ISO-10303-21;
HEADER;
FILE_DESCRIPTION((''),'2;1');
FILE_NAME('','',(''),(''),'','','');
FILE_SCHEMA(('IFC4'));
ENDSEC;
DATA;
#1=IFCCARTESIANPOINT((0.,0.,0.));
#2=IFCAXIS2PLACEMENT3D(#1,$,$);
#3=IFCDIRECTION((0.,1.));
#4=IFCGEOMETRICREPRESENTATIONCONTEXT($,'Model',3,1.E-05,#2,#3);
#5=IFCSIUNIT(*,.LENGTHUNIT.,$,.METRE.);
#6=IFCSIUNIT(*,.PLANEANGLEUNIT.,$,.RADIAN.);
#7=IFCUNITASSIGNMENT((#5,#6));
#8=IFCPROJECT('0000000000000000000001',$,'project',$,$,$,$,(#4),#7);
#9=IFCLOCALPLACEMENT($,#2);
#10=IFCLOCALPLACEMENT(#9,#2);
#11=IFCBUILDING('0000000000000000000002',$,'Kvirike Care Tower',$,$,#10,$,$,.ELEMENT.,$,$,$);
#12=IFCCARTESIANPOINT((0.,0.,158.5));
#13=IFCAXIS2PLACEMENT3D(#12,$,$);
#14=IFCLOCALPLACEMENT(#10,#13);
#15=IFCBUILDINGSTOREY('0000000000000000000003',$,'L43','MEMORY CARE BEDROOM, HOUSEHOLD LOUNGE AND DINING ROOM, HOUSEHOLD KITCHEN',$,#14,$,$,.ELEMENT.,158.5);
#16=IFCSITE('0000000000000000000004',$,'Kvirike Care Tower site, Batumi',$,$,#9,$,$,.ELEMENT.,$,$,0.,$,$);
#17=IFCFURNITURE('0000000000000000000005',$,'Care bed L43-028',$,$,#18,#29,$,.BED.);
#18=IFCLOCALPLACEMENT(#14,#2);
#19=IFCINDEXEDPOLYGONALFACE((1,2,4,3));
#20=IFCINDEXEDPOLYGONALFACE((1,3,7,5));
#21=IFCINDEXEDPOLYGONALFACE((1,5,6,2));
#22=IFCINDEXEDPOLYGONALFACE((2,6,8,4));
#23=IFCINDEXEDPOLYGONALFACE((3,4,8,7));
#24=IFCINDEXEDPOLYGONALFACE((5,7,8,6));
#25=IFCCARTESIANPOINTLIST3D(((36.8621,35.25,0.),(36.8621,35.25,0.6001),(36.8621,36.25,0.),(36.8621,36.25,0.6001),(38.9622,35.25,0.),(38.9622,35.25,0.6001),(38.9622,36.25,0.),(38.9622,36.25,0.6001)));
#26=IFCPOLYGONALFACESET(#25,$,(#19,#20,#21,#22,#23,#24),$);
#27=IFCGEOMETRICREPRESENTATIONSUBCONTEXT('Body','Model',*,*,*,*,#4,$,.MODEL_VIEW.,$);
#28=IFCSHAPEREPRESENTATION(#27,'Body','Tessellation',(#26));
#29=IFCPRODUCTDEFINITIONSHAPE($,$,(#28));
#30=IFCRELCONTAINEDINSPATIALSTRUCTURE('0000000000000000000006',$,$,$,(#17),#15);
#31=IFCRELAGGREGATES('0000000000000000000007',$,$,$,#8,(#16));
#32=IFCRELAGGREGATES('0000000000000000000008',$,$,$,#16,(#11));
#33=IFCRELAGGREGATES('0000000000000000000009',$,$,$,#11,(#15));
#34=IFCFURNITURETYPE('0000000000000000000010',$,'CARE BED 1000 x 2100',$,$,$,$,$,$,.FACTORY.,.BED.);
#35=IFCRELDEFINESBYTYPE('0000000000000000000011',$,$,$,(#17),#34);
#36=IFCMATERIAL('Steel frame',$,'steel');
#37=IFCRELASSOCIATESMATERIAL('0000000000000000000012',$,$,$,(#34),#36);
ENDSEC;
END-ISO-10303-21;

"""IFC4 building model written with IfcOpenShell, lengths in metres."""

from ifc_helpers import new_model, si_unit, direction, frame, origin, origin_2d, place, context, subcontext, project, spatial, rectangle, extrude, material, type_object, element, save


model = new_model("IFC4")

# Units and contexts
model_context = context("Model", 3, precision=1e-05, world=origin(), true_north=direction((0.0, 1.0)))
body_context = subcontext(model_context, "Body", "Model", "MODEL_VIEW")
ifc_project = project(units=[si_unit("LENGTHUNIT", "METRE"), si_unit("PLANEANGLEUNIT", "RADIAN")], contexts=[model_context])

# Site, building, storey
site_placement = place(None, origin())
site = spatial("IfcSite", under=ifc_project, at=site_placement, Name="Kvirike Care Tower site, Batumi", CompositionType="ELEMENT", RefElevation=0.0)
building_placement = place(site_placement, origin())
building = spatial("IfcBuilding", under=site, at=building_placement, Name="Kvirike Care Tower", CompositionType="ELEMENT")
storey_placement = place(building_placement, frame((0.0, 0.0, 158.5)))
storey = spatial("IfcBuildingStorey", under=building, at=storey_placement, Name="L43", Description="MEMORY CARE BEDROOM, HOUSEHOLD LOUNGE AND DINING ROOM, HOUSEHOLD KITCHEN", CompositionType="ELEMENT", Elevation=158.5)

# Furniture
ifc_material_1 = material(Name="Steel frame", Category="steel")
furniture_type = type_object("IfcFurnitureType", Name="CARE BED 1000 x 2100", AssemblyPlace="FACTORY", PredefinedType="BED", material=ifc_material_1)
furniture_placement = place(storey_placement, frame((37.9121, 35.75, 0.0), z_axis=(0.0, 0.0, 1.0), x_axis=(0.0, 1.0, 0.0)))
element("IfcFurniture", 1, at=furniture_placement, inside=storey, type_object=furniture_type, Name="Care bed L43-028", PredefinedType="BED", context=body_context, shape_type="SweptSolid", body=[
    extrude(rectangle(XDim=1.0, YDim=2.1001, at=origin_2d()), origin(), (0.0, 0.0, 1.0), 0.6001),
])

save(model, "model.ifc")
